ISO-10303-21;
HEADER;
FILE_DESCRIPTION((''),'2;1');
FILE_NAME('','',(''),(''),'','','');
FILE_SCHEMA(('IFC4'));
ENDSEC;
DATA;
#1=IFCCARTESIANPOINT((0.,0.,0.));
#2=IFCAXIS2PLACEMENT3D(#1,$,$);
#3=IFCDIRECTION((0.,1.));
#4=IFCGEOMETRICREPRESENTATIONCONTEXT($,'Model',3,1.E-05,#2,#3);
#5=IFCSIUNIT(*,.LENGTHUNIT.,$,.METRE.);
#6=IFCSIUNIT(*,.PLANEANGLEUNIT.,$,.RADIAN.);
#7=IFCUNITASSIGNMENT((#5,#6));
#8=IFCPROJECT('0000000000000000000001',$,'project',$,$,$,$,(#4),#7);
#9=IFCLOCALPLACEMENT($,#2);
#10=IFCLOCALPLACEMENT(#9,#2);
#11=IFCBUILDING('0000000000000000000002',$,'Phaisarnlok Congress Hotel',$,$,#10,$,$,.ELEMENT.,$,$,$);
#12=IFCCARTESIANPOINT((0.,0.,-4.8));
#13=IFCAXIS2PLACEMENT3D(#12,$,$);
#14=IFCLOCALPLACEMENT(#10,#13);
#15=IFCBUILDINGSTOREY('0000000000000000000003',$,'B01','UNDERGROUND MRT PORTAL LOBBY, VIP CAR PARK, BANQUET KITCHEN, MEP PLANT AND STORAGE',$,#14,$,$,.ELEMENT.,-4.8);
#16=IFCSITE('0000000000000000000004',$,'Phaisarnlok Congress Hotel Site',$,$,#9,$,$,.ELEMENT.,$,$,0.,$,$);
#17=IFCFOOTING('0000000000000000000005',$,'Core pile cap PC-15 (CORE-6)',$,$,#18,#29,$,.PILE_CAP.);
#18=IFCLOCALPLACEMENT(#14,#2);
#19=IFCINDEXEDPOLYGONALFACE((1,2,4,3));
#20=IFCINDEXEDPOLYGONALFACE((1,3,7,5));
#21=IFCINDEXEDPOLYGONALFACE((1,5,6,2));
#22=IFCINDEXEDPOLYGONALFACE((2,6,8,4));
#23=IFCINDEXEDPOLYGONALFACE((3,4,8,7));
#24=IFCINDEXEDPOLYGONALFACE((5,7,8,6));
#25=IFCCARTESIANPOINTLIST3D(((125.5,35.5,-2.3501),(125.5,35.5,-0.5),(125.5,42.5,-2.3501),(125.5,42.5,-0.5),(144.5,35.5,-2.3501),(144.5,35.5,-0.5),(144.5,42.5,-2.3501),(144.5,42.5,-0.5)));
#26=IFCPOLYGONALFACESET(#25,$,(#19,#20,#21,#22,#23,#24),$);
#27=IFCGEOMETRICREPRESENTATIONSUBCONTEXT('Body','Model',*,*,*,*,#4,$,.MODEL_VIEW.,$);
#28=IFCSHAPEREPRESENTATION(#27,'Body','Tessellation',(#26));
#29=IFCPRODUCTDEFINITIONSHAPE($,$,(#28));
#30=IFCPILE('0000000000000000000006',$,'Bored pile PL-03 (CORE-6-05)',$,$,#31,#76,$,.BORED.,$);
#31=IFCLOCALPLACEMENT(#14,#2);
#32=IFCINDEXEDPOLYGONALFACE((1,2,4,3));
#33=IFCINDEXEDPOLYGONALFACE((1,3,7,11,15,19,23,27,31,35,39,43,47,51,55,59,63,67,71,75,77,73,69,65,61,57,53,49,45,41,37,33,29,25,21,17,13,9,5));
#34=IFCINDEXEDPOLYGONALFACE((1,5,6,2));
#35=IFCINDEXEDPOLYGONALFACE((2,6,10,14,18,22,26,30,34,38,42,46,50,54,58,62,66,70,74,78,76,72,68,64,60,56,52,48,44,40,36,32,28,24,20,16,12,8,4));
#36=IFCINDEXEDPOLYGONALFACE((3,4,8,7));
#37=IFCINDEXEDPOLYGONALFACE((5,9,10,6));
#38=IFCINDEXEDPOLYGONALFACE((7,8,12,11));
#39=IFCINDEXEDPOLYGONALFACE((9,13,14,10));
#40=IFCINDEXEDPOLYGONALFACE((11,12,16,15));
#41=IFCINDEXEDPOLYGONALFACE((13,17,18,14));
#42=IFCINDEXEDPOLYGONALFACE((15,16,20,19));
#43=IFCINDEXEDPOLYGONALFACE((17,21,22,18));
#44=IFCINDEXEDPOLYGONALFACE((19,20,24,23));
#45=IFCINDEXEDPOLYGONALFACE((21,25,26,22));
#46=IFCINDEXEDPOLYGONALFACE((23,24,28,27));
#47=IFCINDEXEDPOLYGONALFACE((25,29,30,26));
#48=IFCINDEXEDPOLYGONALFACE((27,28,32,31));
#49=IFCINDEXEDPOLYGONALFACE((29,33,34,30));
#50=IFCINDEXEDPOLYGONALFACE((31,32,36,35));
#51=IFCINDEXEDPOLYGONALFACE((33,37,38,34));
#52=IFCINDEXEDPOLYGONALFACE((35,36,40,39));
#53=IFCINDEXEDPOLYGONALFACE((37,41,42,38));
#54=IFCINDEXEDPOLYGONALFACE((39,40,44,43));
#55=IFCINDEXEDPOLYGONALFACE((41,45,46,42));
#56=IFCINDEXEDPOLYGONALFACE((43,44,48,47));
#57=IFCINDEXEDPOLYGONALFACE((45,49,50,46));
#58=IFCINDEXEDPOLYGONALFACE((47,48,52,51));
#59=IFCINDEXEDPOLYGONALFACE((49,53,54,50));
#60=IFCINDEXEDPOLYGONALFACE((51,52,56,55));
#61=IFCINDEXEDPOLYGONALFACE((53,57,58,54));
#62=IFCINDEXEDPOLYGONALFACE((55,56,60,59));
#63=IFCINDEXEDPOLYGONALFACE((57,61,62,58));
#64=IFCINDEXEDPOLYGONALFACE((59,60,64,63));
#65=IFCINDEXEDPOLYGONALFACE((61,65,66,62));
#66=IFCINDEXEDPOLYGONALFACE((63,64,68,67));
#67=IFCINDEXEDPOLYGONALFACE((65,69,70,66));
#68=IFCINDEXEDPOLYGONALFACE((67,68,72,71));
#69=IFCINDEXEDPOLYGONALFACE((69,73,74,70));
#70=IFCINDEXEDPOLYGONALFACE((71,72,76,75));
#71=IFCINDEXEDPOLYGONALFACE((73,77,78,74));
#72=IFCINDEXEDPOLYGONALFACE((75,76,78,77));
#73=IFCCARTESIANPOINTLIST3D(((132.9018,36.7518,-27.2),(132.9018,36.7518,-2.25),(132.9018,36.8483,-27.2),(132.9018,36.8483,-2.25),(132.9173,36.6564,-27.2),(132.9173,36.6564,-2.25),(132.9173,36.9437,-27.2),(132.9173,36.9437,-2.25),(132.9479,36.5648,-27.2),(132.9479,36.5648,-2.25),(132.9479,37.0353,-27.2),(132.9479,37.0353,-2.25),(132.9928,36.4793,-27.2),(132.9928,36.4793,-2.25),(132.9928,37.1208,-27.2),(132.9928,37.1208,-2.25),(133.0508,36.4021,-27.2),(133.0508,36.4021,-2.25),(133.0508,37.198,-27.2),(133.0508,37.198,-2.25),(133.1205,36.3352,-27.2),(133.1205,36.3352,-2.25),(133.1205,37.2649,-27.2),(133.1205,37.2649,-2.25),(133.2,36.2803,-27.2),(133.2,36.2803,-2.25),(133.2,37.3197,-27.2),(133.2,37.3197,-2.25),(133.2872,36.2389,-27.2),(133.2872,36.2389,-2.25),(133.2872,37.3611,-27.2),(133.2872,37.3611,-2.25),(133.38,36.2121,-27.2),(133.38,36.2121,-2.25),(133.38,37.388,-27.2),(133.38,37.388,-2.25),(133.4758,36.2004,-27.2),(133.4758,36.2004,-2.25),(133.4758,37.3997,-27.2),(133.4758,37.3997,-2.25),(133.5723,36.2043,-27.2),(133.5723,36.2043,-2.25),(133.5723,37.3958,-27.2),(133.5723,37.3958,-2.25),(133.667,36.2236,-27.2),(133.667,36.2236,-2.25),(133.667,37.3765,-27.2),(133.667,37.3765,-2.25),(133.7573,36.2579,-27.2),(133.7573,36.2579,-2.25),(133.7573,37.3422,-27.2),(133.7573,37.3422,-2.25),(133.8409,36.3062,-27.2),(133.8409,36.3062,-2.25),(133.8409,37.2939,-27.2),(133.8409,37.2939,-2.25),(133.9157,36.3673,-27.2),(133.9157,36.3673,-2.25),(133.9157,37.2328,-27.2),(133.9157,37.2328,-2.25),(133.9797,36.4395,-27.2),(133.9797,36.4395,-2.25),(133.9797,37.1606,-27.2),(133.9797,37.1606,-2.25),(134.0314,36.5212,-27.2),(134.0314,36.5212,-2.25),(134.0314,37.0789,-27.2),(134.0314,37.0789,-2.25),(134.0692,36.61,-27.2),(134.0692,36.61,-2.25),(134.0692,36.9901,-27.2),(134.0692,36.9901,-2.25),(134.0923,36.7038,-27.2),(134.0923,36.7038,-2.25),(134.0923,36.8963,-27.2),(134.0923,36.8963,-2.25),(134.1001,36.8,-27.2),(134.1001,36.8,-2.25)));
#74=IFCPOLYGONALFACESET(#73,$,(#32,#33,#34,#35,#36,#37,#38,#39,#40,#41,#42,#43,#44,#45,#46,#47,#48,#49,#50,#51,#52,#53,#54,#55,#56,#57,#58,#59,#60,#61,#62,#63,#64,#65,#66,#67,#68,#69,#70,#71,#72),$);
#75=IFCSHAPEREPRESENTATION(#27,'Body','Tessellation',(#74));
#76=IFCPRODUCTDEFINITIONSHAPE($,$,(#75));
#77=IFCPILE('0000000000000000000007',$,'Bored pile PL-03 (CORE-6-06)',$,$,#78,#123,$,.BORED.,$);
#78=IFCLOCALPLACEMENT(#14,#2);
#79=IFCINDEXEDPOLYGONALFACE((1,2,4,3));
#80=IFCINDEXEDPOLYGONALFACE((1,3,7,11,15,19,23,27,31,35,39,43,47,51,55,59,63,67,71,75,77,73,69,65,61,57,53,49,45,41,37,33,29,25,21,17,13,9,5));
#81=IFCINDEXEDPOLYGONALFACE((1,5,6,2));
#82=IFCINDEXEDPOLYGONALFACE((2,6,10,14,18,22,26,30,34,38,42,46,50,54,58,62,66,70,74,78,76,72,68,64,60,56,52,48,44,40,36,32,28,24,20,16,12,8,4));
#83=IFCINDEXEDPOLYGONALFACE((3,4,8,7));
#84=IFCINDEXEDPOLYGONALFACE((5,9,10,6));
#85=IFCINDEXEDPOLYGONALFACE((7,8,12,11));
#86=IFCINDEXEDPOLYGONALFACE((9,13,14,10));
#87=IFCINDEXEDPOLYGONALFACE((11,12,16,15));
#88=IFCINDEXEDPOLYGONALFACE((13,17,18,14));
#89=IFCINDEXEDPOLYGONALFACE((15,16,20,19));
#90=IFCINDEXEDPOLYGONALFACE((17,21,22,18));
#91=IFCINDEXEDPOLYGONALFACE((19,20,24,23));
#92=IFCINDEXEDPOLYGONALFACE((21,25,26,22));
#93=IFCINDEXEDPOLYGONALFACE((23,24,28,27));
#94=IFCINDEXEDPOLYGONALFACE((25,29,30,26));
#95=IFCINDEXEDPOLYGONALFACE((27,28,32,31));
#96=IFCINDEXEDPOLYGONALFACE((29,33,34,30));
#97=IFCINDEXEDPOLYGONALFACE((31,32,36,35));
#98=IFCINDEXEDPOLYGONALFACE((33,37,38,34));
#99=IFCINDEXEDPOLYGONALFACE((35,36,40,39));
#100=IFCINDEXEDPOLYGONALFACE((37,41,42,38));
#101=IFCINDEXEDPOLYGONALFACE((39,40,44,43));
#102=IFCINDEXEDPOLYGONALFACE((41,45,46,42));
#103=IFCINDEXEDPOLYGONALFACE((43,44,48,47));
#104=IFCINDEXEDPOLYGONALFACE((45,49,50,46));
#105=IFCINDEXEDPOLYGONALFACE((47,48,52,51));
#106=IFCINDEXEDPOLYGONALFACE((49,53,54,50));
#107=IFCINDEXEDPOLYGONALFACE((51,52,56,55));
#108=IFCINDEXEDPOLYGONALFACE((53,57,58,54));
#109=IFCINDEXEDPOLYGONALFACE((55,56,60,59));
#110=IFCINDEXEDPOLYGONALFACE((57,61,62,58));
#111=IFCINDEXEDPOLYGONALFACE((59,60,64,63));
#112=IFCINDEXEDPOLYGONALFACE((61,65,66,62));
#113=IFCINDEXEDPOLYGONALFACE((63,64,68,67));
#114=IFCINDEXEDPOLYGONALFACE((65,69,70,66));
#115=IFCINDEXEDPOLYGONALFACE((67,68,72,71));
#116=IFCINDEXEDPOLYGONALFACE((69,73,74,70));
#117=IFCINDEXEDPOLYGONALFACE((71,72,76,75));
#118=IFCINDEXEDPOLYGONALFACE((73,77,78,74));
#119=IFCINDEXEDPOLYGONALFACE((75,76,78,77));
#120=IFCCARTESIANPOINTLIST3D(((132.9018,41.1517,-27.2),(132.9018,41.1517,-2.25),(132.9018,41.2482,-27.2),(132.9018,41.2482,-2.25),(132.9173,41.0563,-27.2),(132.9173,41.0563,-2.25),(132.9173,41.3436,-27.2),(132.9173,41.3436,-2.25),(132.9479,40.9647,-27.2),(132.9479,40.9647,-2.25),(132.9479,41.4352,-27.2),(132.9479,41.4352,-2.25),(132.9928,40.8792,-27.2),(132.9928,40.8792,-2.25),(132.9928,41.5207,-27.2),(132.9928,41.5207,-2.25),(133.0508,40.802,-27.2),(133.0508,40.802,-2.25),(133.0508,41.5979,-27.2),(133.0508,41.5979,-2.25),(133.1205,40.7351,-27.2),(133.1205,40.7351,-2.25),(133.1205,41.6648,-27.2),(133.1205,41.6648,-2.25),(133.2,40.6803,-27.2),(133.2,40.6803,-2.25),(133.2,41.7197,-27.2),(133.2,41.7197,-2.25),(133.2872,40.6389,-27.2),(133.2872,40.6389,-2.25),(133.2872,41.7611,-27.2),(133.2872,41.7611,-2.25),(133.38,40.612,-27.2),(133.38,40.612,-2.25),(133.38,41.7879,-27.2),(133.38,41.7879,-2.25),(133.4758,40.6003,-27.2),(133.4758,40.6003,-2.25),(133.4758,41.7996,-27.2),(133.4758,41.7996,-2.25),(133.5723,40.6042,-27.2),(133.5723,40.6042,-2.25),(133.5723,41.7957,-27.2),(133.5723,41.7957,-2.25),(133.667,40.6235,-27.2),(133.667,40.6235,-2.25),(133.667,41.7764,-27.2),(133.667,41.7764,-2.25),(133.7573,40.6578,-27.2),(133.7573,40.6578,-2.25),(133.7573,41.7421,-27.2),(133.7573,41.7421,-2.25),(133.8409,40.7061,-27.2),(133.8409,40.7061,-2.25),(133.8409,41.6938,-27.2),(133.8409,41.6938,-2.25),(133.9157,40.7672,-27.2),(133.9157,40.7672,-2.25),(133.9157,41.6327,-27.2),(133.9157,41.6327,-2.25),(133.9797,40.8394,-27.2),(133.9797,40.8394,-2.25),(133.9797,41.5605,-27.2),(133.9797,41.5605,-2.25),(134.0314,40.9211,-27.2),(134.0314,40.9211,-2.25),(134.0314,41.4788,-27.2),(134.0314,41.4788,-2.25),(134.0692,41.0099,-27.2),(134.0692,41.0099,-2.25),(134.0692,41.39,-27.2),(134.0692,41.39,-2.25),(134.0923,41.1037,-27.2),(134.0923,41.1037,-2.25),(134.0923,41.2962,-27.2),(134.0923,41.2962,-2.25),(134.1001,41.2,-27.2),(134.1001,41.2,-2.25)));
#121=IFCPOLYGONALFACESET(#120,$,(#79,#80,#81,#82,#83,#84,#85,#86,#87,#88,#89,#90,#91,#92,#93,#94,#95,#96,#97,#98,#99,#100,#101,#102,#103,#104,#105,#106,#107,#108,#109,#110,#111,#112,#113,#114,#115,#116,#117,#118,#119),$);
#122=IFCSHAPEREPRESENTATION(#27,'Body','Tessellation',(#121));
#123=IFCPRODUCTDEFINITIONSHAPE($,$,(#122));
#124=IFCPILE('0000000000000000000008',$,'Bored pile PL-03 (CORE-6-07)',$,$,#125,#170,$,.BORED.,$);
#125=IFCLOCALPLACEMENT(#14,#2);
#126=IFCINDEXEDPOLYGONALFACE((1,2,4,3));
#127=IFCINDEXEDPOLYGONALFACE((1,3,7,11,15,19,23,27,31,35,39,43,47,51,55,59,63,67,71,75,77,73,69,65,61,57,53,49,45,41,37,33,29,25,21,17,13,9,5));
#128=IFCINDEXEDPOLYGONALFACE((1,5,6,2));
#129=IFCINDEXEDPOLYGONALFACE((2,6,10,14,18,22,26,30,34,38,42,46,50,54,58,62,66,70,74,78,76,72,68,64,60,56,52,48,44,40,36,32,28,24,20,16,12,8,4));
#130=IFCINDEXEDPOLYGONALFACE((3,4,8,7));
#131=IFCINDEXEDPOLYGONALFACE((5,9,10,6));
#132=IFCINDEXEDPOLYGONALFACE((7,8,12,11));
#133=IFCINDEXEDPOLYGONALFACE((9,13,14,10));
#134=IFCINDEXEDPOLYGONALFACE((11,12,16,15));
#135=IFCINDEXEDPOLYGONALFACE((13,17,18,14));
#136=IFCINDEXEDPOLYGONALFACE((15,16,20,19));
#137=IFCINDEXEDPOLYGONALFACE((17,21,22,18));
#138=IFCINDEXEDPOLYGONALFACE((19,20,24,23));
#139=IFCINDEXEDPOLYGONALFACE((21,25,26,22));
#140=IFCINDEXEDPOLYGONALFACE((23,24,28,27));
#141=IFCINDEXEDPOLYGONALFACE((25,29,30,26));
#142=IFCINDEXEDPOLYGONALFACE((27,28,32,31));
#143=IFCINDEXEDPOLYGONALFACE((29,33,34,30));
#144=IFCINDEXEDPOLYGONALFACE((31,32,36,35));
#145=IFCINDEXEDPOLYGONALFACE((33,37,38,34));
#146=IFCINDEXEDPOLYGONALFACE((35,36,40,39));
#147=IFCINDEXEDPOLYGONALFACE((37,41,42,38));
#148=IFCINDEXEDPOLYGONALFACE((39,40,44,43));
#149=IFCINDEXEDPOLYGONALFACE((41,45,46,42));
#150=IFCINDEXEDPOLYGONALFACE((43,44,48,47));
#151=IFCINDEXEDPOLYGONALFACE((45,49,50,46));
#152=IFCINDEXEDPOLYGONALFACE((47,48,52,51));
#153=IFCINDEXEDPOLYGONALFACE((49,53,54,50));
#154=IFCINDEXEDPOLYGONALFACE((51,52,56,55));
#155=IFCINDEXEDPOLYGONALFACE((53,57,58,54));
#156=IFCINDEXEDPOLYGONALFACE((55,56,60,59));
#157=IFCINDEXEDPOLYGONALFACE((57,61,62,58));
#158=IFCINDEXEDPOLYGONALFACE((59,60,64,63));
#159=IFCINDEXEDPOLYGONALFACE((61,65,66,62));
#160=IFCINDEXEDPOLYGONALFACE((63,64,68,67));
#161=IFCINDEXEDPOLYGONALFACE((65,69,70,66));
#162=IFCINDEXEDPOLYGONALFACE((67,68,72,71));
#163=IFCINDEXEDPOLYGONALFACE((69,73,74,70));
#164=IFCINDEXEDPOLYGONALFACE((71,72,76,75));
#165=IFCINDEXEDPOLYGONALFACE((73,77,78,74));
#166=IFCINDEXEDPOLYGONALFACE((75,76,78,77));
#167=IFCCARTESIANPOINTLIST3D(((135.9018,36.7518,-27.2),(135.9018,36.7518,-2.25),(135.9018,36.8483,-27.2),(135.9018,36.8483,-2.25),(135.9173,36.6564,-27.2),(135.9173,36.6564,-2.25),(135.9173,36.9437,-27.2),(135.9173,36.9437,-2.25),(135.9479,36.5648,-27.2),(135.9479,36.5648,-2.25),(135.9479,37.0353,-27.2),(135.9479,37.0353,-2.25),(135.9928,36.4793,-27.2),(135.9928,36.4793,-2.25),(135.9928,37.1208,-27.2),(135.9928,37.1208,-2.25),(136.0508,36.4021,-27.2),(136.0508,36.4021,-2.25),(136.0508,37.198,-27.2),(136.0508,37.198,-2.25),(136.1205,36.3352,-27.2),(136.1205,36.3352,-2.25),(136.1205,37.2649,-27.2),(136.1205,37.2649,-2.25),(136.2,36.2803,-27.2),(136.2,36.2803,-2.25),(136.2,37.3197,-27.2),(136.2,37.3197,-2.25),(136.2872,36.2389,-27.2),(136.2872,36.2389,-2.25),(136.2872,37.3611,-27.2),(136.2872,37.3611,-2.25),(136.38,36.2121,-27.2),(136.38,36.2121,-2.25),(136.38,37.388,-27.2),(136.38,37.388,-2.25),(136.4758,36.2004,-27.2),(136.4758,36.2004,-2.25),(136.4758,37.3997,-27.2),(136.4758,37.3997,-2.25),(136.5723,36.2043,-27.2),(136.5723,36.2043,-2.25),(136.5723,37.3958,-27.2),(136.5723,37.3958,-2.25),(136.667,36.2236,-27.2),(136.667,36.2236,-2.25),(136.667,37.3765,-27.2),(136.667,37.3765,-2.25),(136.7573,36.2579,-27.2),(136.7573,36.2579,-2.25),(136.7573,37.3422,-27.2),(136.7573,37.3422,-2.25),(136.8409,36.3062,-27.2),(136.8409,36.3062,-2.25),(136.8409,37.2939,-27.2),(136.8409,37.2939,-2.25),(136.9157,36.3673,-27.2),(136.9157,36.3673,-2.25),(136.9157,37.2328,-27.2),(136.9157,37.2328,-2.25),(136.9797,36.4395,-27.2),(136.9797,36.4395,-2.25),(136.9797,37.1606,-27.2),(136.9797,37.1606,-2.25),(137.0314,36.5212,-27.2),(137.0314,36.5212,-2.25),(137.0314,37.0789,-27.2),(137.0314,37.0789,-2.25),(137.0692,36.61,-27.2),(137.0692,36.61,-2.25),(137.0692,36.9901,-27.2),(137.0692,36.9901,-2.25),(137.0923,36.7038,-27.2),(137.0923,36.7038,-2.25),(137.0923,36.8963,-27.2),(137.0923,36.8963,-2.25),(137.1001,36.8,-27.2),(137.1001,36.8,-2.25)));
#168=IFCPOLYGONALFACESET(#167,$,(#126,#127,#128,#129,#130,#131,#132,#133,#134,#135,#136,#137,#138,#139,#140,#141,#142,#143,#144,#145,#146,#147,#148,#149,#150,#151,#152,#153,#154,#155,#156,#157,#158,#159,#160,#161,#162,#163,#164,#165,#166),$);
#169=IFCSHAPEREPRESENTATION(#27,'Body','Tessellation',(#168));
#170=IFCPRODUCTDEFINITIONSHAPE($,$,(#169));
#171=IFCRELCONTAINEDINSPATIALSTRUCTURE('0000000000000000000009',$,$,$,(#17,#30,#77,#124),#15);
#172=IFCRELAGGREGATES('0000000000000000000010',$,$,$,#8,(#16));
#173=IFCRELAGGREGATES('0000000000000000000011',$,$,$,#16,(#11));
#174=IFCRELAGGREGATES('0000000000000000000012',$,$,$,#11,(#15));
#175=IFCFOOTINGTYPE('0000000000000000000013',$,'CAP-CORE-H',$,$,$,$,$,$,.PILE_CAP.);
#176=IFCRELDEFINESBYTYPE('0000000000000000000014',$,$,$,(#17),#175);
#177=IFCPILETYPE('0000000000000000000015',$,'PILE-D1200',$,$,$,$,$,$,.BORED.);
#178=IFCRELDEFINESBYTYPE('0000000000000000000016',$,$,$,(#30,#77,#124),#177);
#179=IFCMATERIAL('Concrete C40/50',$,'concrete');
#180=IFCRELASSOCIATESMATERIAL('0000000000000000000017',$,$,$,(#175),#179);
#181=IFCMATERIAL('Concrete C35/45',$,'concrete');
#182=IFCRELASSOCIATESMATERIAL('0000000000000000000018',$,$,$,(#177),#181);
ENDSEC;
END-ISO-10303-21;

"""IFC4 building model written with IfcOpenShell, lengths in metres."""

from ifc_helpers import new_model, si_unit, direction, frame, origin, origin_2d, place, context, subcontext, project, spatial, rectangle, circle, extrude, material, material_profile, profile_set, type_object, element, save


model = new_model("IFC4")

# Units and contexts
model_context = context("Model", 3, precision=1e-05, world=origin(), true_north=direction((0.0, 1.0)))
body_context = subcontext(model_context, "Body", "Model", "MODEL_VIEW")
ifc_project = project(units=[si_unit("LENGTHUNIT", "METRE"), si_unit("PLANEANGLEUNIT", "RADIAN")], contexts=[model_context])

# Site, building, storey
site_placement = place(None, origin())
site = spatial("IfcSite", under=ifc_project, at=site_placement, Name="Phaisarnlok Congress Hotel Site", CompositionType="ELEMENT", RefElevation=0.0)
building_placement = place(site_placement, origin())
building = spatial("IfcBuilding", under=site, at=building_placement, Name="Phaisarnlok Congress Hotel", CompositionType="ELEMENT")
storey_placement = place(building_placement, frame((0.0, 0.0, -4.8)))
storey = spatial("IfcBuildingStorey", under=building, at=storey_placement, Name="B01", Description="UNDERGROUND MRT PORTAL LOBBY, VIP CAR PARK, BANQUET KITCHEN, MEP PLANT AND STORAGE", CompositionType="ELEMENT", Elevation=-4.8)

# Footing
ifc_material_1 = material(Name="Concrete C40/50", Category="concrete")
footing_type = type_object("IfcFootingType", Name="CAP-CORE-H", PredefinedType="PILE_CAP", material=ifc_material_1)
footing_placement = place(storey_placement, frame((135.0, 39.0, -2.3501), z_axis=(0.0, 0.0, 1.0), x_axis=(1.0, 0.0, 0.0)))
element("IfcFooting", 1, at=footing_placement, inside=storey, type_object=footing_type, Name="Core pile cap PC-15 (CORE-6)", PredefinedType="PILE_CAP", context=body_context, shape_type="SweptSolid", body=[
    extrude(rectangle(XDim=19.0, YDim=7.0, at=origin_2d()), origin(), (0.0, 0.0, 1.0), 1.8501),
])

# Piles
ifc_material_2 = material(Name="Concrete C35/45", Category="concrete")
ifc_material_profile_1 = material_profile(ifc_material_2, circle(Radius=0.6001, at=origin_2d()), Name="BORED PILE D1200")
ifc_profile_set_1 = profile_set([ifc_material_profile_1], Name="Concrete C35/45")
pile_type = type_object("IfcPileType", Name="PILE-D1200", PredefinedType="BORED", material=ifc_profile_set_1)
for number, where, z_axis, x_axis, name in (
    (2, (133.5, 36.8, -2.25), (0.0, 0.0, -1.0), (1.0, 0.0, 0.0), "Bored pile PL-03 (CORE-6-05)"),
    (3, (133.5, 41.2, -2.25), (0.0, 0.0, -1.0), (1.0, 0.0, 0.0), "Bored pile PL-03 (CORE-6-06)"),
    (4, (136.5, 36.8, -2.25), (0.0, 0.0, -1.0), (1.0, 0.0, 0.0), "Bored pile PL-03 (CORE-6-07)"),
):
    element("IfcPile", number, at=place(storey_placement, frame(where, z_axis=z_axis, x_axis=x_axis)), inside=storey, type_object=pile_type, Name=name, PredefinedType="BORED", context=body_context, shape_type="SweptSolid", body=[
        extrude(circle(Radius=0.6001, at=origin_2d()), origin(), (0.0, 0.0, 1.0), 24.95),
    ])

save(model, "model.ifc")
